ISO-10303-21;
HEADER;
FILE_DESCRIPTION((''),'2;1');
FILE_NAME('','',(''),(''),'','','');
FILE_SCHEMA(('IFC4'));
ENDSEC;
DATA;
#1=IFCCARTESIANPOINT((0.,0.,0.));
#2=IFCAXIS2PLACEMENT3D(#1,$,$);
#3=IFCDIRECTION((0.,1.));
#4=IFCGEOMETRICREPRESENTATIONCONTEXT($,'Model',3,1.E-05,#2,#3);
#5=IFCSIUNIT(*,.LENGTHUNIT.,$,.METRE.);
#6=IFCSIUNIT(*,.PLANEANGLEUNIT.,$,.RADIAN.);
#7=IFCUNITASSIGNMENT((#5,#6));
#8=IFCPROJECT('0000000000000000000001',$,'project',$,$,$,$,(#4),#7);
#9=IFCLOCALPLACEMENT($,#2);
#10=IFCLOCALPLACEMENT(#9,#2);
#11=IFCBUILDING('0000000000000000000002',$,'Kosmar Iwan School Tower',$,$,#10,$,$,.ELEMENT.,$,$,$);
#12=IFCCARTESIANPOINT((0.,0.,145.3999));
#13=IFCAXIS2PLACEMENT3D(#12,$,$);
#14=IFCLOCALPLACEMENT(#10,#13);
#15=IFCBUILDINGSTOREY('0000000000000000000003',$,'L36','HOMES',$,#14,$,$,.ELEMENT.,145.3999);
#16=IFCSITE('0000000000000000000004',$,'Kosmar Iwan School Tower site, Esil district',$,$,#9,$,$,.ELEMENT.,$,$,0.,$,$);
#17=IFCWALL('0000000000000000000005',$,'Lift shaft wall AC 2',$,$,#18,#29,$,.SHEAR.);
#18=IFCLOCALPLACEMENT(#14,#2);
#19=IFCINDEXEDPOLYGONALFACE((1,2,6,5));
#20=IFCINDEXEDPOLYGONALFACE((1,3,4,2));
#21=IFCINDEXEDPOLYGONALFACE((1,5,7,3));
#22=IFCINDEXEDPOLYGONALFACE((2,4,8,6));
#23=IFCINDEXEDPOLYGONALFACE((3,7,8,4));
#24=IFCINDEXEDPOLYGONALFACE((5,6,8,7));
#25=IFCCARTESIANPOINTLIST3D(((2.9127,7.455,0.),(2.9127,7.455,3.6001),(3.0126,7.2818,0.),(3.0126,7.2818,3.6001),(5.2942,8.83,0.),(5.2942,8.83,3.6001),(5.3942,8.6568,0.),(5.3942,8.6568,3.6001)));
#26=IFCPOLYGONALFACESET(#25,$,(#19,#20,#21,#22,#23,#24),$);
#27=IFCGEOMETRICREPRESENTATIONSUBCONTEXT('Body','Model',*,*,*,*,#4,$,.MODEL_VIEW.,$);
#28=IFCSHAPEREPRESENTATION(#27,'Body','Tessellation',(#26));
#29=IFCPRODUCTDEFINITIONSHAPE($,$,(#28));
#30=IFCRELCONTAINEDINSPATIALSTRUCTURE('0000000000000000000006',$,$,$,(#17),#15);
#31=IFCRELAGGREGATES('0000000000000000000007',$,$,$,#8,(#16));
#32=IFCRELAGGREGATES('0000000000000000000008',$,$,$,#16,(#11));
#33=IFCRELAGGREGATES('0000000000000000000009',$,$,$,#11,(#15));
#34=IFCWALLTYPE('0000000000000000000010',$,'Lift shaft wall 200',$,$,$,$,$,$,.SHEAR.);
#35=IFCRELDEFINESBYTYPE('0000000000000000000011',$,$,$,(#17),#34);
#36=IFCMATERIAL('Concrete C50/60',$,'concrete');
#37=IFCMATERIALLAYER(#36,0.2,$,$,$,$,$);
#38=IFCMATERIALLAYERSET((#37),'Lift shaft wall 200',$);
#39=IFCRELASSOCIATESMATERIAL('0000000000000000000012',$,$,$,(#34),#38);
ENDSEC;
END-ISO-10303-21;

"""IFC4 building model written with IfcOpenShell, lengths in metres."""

from ifc_helpers import new_model, si_unit, direction, frame, frame_2d, origin, place, context, subcontext, project, spatial, rectangle, extrude, material, layer, layer_set, type_object, element, save


model = new_model("IFC4")

# Units and contexts
model_context = context("Model", 3, precision=1e-05, world=origin(), true_north=direction((0.0, 1.0)))
body_context = subcontext(model_context, "Body", "Model", "MODEL_VIEW")
ifc_project = project(units=[si_unit("LENGTHUNIT", "METRE"), si_unit("PLANEANGLEUNIT", "RADIAN")], contexts=[model_context])

# Site, building, storey
site_placement = place(None, origin())
site = spatial("IfcSite", under=ifc_project, at=site_placement, Name="Kosmar Iwan School Tower site, Esil district", CompositionType="ELEMENT", RefElevation=0.0)
building_placement = place(site_placement, origin())
building = spatial("IfcBuilding", under=site, at=building_placement, Name="Kosmar Iwan School Tower", CompositionType="ELEMENT")
storey_placement = place(building_placement, frame((0.0, 0.0, 145.3999)))
storey = spatial("IfcBuildingStorey", under=building, at=storey_placement, Name="L36", Description="HOMES", CompositionType="ELEMENT", Elevation=145.3999)

# Wall
ifc_material_1 = material(Name="Concrete C50/60", Category="concrete")
ifc_layer_1 = layer(ifc_material_1, 0.2)
ifc_layer_set_1 = layer_set([ifc_layer_1], Name="Lift shaft wall 200")
wall_type_1 = type_object("IfcWallType", Name="Lift shaft wall 200", PredefinedType="SHEAR", material=ifc_layer_set_1)
wall_1_placement = place(storey_placement, frame((2.9626, 7.3684, 0.0), z_axis=(0.0, 0.0, 1.0), x_axis=(0.866027, 0.499997, 0.0)))
element("IfcWall", 1, at=wall_1_placement, inside=storey, type_object=wall_type_1, Name="Lift shaft wall AC 2", PredefinedType="SHEAR", context=body_context, shape_type="SweptSolid", body=[
    extrude(rectangle(XDim=2.75, YDim=0.2, at=frame_2d((1.375, 0.0))), origin(), (0.0, 0.0, 1.0), 3.6001),
])

save(model, "model.ifc")
